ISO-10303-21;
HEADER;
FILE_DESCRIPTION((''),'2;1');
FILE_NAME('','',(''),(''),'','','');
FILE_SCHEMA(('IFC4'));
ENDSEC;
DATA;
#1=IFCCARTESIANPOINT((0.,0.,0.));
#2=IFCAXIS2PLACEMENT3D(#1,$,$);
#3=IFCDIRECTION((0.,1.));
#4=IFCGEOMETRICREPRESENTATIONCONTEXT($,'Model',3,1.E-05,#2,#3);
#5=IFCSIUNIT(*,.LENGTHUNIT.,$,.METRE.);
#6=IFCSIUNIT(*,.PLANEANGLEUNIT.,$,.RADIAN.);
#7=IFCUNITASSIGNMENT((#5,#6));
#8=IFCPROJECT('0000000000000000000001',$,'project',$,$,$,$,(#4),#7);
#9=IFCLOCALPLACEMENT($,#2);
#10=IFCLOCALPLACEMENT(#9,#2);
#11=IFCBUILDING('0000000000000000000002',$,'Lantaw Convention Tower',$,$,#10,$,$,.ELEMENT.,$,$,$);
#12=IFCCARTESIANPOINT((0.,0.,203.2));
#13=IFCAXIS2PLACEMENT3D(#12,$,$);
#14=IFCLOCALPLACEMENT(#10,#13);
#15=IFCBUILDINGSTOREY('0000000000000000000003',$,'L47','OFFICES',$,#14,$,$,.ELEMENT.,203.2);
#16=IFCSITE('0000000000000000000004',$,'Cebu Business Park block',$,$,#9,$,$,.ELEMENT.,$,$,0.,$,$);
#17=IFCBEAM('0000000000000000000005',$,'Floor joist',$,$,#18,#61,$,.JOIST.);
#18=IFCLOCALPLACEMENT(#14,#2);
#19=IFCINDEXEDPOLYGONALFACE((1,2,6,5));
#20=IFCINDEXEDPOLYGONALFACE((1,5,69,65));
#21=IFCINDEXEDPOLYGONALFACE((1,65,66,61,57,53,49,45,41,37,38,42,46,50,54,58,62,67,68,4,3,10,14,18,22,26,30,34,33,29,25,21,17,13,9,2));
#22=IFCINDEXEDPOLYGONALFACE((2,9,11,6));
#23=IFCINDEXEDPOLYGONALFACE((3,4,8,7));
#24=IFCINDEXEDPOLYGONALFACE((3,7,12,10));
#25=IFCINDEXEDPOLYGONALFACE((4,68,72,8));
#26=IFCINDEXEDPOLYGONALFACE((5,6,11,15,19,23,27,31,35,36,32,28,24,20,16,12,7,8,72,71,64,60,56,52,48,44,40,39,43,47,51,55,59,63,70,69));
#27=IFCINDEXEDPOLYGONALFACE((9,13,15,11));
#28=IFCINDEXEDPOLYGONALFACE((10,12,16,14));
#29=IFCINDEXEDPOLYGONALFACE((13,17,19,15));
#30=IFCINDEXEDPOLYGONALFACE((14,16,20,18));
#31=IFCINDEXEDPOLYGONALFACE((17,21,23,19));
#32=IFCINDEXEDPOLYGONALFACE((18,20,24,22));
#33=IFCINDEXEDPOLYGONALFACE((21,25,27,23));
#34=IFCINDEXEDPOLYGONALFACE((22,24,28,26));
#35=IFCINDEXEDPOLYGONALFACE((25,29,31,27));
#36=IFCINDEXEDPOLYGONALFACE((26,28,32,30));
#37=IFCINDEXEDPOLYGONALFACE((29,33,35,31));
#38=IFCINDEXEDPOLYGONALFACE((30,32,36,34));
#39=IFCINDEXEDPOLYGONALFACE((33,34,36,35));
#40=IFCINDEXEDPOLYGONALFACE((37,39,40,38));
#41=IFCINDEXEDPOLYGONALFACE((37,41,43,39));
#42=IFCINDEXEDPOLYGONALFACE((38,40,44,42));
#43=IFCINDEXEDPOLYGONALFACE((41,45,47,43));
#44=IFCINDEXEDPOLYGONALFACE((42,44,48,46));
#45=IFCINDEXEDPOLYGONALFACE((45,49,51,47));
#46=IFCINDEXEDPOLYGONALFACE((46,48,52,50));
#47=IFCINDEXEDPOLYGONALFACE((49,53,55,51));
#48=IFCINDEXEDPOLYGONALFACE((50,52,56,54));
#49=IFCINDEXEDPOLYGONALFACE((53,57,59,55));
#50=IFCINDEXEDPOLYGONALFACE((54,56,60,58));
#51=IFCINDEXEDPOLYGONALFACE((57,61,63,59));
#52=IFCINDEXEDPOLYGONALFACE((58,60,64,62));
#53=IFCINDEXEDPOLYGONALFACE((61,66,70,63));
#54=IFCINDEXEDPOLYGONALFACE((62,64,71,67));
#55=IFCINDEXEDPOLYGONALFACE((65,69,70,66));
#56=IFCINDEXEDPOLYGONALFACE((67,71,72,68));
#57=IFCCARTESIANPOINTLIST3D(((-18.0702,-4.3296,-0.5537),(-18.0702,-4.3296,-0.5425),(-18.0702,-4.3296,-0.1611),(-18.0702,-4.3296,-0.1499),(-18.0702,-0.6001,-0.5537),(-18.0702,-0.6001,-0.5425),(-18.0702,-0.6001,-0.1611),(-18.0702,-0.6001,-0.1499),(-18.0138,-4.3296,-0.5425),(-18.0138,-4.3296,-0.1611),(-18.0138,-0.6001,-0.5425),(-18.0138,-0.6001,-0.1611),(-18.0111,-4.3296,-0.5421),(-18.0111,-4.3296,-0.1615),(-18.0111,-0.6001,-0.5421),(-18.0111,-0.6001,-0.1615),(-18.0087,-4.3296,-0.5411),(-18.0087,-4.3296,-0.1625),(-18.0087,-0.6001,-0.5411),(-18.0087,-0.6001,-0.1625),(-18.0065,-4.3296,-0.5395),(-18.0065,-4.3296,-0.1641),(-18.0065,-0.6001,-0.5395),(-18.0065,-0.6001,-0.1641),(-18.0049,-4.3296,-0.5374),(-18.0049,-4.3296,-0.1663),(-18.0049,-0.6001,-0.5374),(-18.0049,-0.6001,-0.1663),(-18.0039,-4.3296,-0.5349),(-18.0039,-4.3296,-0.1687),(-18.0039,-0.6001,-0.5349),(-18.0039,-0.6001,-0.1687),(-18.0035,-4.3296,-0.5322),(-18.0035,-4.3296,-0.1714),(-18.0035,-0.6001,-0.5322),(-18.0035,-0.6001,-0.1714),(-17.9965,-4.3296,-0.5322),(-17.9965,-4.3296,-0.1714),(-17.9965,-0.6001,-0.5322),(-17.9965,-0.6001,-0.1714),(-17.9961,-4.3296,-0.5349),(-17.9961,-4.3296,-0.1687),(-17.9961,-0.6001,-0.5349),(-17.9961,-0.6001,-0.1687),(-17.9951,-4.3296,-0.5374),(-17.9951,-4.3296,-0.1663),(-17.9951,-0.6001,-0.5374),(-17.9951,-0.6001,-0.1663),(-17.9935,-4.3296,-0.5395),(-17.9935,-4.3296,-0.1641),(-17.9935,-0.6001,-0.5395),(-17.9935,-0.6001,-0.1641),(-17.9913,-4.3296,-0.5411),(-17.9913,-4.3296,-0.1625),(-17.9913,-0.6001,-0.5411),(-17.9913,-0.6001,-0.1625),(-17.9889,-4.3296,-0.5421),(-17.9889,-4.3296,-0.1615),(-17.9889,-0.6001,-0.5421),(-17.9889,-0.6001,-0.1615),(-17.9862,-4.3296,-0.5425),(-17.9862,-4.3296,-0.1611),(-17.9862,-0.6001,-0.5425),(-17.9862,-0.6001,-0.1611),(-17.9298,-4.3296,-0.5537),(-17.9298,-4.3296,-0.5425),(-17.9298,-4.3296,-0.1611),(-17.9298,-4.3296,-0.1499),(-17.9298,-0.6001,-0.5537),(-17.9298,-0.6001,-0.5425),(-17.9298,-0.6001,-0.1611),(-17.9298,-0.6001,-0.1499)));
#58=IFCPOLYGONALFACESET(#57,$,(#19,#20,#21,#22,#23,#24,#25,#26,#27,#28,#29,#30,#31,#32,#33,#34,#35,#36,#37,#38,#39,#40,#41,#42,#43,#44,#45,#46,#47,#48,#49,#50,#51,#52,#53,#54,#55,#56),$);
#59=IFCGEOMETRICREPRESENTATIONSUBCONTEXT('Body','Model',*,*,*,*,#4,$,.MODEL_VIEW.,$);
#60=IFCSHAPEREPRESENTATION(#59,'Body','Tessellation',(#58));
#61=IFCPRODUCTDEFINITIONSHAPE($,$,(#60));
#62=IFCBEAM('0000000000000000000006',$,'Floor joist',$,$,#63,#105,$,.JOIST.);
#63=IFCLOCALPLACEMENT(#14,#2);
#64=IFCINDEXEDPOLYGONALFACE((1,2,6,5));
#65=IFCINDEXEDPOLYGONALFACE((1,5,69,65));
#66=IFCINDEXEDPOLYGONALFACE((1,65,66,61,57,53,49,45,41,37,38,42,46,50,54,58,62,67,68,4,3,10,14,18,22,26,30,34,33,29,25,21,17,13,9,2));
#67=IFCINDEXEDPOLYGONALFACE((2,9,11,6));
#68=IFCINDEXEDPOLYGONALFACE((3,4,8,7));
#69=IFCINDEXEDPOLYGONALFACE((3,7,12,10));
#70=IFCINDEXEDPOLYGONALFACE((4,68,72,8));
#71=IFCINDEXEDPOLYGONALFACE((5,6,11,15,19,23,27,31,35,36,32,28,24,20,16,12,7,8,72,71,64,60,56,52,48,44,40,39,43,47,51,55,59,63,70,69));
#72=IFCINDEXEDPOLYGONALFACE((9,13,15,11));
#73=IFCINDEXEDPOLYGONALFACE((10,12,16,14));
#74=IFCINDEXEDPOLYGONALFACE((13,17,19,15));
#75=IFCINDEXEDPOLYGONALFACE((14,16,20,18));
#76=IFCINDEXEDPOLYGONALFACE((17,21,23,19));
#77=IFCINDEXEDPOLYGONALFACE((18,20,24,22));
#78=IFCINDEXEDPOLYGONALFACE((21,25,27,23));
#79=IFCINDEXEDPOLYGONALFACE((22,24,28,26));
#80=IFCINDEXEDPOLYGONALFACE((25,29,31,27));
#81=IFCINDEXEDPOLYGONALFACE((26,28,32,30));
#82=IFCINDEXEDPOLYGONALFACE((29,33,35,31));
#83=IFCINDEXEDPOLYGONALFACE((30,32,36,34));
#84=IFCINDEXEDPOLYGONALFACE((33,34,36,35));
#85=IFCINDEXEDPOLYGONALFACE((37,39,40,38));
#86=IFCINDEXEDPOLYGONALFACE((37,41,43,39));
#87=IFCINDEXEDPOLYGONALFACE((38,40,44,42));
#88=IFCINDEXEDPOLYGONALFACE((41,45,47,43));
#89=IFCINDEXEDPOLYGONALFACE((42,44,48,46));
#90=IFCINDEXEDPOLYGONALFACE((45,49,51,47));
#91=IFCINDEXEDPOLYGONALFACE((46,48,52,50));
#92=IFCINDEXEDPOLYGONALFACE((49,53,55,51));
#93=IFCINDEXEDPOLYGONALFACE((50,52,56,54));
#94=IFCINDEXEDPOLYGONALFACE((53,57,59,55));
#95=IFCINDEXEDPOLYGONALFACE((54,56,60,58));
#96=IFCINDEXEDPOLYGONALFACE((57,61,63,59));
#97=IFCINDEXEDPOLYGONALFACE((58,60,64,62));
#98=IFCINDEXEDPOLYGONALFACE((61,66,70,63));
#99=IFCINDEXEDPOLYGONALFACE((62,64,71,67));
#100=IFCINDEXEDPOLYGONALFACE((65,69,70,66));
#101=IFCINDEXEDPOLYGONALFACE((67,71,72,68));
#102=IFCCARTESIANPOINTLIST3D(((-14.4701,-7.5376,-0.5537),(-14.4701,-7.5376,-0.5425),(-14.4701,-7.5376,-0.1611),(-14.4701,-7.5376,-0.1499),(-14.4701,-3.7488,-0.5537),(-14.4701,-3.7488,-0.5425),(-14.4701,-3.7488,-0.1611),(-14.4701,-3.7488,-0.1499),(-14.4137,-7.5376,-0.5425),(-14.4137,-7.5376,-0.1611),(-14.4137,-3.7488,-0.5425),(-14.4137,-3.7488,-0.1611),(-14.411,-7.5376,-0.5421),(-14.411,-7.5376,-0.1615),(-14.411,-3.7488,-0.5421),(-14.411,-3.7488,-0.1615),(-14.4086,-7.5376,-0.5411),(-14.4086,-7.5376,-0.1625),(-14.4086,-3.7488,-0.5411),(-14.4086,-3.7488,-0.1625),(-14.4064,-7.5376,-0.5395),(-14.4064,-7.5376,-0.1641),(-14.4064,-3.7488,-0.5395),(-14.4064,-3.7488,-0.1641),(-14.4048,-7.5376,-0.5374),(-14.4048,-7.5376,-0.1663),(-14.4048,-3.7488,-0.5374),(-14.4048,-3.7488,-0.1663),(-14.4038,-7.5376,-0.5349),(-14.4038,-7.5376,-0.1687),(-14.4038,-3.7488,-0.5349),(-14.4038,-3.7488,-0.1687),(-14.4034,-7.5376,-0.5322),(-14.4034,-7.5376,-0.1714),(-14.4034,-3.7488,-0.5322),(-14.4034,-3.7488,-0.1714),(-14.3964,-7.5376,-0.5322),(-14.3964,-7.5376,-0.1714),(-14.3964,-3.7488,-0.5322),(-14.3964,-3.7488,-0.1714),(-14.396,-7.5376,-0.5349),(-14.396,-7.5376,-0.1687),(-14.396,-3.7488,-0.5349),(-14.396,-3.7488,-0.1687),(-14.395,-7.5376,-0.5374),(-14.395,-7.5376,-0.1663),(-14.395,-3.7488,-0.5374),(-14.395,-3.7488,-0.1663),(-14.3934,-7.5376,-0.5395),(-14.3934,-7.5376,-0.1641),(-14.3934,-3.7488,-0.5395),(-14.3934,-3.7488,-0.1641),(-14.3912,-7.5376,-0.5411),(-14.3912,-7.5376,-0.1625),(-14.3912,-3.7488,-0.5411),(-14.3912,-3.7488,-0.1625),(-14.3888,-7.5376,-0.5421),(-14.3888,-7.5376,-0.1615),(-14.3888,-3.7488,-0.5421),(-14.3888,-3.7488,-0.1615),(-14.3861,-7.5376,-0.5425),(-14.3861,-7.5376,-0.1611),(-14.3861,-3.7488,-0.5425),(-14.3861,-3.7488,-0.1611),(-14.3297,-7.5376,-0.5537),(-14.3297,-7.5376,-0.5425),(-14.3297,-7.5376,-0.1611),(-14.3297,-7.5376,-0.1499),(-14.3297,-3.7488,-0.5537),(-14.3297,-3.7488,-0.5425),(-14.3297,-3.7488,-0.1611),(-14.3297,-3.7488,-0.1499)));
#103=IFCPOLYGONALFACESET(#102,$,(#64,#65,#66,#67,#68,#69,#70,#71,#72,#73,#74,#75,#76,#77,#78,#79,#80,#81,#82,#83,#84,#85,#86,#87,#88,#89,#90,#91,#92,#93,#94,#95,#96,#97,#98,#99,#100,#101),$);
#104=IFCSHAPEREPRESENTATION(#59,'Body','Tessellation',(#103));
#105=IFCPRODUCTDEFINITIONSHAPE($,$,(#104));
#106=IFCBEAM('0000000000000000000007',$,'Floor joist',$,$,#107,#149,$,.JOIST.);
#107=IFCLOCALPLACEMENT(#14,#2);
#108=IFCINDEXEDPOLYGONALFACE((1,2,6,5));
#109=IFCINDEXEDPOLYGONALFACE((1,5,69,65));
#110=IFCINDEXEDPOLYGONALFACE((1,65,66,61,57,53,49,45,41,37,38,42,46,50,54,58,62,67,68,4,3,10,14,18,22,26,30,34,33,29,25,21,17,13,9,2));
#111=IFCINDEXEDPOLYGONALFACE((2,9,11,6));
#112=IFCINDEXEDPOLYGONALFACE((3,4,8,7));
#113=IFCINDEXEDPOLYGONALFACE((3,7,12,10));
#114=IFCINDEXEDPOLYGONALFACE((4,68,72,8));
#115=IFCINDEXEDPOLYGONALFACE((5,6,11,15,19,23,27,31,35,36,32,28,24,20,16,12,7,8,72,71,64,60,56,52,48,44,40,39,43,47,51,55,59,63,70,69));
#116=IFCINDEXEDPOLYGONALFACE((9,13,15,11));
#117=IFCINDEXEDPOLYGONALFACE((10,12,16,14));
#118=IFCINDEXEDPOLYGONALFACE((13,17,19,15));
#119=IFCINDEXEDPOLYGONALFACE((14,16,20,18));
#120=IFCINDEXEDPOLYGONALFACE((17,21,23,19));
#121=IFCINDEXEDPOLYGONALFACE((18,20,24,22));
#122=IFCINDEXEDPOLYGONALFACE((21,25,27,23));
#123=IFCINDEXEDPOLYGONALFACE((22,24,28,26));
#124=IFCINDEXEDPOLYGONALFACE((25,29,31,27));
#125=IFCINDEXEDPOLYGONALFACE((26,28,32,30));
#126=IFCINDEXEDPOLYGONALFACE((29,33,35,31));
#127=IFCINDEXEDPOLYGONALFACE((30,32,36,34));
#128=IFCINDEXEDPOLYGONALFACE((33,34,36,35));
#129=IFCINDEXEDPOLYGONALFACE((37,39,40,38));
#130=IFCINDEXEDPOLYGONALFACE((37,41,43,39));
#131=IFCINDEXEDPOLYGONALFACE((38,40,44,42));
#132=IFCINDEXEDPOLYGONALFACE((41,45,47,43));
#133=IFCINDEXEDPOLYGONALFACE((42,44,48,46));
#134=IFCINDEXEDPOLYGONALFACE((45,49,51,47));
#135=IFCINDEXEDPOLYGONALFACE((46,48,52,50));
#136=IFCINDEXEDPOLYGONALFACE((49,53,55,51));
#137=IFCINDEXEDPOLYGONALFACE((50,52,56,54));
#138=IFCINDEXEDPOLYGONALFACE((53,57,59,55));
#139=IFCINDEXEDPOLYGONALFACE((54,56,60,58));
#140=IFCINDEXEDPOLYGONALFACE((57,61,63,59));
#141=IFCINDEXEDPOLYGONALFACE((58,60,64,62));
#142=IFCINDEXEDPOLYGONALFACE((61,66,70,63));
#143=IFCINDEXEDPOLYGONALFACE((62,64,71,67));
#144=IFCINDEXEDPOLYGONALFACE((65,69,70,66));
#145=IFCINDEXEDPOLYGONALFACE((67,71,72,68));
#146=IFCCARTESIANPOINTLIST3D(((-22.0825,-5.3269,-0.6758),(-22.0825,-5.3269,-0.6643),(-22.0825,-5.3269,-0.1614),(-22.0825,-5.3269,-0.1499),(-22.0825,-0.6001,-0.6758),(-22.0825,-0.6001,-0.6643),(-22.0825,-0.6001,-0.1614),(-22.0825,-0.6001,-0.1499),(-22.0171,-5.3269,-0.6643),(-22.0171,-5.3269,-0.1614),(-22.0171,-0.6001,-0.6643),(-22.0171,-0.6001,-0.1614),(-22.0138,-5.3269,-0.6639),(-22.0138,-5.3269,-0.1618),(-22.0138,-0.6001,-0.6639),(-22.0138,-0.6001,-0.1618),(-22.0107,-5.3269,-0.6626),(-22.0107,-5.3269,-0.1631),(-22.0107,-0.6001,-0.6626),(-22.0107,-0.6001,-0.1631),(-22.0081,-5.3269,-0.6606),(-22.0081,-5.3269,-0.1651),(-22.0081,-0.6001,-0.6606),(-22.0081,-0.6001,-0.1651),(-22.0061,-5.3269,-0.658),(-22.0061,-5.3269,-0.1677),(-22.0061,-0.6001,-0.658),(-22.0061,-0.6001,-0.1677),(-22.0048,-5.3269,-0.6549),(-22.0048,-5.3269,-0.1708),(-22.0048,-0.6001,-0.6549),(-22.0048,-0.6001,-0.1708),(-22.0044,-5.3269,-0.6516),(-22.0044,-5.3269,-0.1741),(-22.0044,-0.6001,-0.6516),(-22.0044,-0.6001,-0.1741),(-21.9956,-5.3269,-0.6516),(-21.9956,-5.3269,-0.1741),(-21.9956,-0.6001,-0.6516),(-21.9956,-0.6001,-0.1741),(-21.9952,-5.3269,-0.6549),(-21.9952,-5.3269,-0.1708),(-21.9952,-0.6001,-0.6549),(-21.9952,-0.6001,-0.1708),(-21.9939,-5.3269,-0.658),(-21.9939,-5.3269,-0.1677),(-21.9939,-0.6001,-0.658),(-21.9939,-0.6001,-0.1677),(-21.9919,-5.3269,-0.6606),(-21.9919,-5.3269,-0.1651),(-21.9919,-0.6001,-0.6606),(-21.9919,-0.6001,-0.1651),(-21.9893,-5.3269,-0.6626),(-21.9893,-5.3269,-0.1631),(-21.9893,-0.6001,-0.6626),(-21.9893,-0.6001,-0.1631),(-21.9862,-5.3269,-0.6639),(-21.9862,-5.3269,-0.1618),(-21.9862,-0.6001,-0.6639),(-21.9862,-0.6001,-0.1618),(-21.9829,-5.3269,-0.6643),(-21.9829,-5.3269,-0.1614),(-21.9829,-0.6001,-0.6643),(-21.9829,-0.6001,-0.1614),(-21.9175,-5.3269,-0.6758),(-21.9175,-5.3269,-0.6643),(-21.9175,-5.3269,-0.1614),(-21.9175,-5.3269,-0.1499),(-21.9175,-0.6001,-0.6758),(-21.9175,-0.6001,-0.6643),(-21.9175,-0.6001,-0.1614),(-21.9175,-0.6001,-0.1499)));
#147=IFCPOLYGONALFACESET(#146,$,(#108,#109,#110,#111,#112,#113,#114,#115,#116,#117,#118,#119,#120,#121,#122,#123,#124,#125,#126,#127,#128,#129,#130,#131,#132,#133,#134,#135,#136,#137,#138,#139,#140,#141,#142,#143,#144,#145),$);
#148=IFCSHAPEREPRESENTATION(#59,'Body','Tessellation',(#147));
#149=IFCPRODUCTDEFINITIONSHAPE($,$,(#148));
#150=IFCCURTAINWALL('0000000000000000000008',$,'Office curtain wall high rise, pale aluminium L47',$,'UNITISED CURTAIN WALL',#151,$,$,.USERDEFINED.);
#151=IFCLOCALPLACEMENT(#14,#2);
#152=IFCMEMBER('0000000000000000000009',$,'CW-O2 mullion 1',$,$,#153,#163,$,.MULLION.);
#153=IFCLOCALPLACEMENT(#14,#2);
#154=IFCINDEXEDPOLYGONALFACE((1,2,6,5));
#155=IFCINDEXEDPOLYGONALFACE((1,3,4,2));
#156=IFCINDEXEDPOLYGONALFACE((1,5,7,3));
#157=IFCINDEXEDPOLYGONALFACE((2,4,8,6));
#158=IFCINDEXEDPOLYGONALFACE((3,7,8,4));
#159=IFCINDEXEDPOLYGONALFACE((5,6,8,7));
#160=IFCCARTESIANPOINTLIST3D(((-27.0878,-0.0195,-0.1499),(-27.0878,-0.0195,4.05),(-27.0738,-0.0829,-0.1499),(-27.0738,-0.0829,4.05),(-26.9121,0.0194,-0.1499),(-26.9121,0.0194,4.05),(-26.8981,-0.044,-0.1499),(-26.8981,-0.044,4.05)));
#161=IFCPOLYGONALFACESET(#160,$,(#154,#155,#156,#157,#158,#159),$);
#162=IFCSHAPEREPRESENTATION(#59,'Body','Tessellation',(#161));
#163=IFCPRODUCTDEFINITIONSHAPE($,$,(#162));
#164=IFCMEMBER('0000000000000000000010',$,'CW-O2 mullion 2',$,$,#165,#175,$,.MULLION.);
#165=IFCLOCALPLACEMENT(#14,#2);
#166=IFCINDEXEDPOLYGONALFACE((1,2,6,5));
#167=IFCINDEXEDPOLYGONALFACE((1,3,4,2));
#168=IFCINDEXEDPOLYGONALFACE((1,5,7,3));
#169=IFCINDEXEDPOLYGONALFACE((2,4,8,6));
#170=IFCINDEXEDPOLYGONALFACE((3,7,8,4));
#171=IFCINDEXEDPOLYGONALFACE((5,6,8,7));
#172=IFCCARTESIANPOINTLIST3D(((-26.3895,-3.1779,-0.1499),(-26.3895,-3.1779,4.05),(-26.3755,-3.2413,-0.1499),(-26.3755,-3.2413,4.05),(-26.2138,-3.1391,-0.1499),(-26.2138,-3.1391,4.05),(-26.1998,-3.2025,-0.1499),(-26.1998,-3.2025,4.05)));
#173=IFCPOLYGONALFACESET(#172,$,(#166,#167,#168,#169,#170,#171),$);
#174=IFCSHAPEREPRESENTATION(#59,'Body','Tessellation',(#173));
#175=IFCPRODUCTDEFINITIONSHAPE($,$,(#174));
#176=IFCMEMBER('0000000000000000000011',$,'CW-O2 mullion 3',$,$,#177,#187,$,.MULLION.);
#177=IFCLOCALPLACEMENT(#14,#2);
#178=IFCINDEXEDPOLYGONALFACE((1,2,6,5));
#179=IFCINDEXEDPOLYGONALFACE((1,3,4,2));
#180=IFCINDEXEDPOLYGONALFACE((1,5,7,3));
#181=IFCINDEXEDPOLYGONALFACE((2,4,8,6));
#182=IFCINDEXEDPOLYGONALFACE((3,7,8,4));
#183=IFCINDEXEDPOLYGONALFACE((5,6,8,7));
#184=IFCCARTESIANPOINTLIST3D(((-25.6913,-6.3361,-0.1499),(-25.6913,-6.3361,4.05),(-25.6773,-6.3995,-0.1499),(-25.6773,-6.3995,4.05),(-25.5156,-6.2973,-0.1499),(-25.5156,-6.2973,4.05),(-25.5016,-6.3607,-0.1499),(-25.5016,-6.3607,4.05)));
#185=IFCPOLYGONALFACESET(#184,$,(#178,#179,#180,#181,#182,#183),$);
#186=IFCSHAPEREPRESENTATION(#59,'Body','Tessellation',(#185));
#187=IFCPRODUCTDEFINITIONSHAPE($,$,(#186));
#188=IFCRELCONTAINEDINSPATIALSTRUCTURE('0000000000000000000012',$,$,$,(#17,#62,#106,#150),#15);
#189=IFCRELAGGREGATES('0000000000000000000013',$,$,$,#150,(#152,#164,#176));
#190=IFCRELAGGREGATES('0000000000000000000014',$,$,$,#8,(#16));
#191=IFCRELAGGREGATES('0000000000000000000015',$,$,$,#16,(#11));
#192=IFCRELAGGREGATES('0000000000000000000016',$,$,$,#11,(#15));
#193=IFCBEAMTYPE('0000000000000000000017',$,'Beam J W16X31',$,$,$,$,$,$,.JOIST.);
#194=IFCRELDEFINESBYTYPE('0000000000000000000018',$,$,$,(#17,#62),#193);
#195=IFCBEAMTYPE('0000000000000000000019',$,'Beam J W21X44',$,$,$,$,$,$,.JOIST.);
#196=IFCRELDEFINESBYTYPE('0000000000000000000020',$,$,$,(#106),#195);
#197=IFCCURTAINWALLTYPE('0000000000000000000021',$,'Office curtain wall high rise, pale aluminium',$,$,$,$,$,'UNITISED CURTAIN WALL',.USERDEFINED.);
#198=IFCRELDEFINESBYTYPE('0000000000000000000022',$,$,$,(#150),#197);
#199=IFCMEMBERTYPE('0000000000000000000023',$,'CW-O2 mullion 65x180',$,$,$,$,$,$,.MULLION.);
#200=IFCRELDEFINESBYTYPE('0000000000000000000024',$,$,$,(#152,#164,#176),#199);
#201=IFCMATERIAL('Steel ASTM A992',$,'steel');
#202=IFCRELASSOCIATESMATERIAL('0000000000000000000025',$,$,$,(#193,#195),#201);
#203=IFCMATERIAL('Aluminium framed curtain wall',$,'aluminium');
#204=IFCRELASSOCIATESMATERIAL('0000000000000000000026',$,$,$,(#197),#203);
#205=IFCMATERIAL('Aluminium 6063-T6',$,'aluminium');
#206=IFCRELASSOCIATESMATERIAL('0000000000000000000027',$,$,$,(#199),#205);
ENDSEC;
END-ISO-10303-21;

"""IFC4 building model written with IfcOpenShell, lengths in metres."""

from ifc_helpers import new_model, si_unit, direction, frame, origin, origin_2d, place, context, subcontext, project, spatial, rectangle, i_section, extrude, material, material_profile, profile_set, type_object, element, aggregate, save


model = new_model("IFC4")

# Units and contexts
model_context = context("Model", 3, precision=1e-05, world=origin(), true_north=direction((0.0, 1.0)))
body_context = subcontext(model_context, "Body", "Model", "MODEL_VIEW")
ifc_project = project(units=[si_unit("LENGTHUNIT", "METRE"), si_unit("PLANEANGLEUNIT", "RADIAN")], contexts=[model_context])

# Site, building, storey
site_placement = place(None, origin())
site = spatial("IfcSite", under=ifc_project, at=site_placement, Name="Cebu Business Park block", CompositionType="ELEMENT", RefElevation=0.0)
building_placement = place(site_placement, origin())
building = spatial("IfcBuilding", under=site, at=building_placement, Name="Lantaw Convention Tower", CompositionType="ELEMENT")
storey_placement = place(building_placement, frame((0.0, 0.0, 203.2)))
storey = spatial("IfcBuildingStorey", under=building, at=storey_placement, Name="L47", Description="OFFICES", CompositionType="ELEMENT", Elevation=203.2)

# Beams
ifc_material_1 = material(Name="Steel ASTM A992", Category="steel")
ifc_material_profile_1 = material_profile(ifc_material_1, i_section(OverallWidth=0.1404, OverallDepth=0.4038, WebThickness=0.0071, FlangeThickness=0.0112, FilletRadius=0.0103, at=origin_2d()), Name="W16X31")
ifc_profile_set_1 = profile_set([ifc_material_profile_1], Name="Steel ASTM A992")
beam_type_1 = type_object("IfcBeamType", Name="Beam J W16X31", PredefinedType="JOIST", material=ifc_profile_set_1)
beam_1_placement = place(storey_placement, frame((-18.0, -4.3296, -0.3518), z_axis=(0.0, 1.0, 0.0), x_axis=(-1.0, 0.0, 0.0)))
element("IfcBeam", 1, at=beam_1_placement, inside=storey, type_object=beam_type_1, Name="Floor joist", PredefinedType="JOIST", context=body_context, shape_type="SweptSolid", body=[
    extrude(i_section(OverallWidth=0.1404, OverallDepth=0.4038, WebThickness=0.0071, FlangeThickness=0.0112, FilletRadius=0.0103, at=origin_2d()), origin(), (0.0, 0.0, 1.0), 3.7295),
])
beam_2_placement = place(storey_placement, frame((-14.3999, -7.5376, -0.3518), z_axis=(0.0, 1.0, 0.0), x_axis=(-1.0, 0.0, 0.0)))
element("IfcBeam", 2, at=beam_2_placement, inside=storey, type_object=beam_type_1, Name="Floor joist", PredefinedType="JOIST", context=body_context, shape_type="SweptSolid", body=[
    extrude(i_section(OverallWidth=0.1404, OverallDepth=0.4038, WebThickness=0.0071, FlangeThickness=0.0112, FilletRadius=0.0103, at=origin_2d()), origin(), (0.0, 0.0, 1.0), 3.7888),
])
ifc_material_profile_2 = material_profile(ifc_material_1, i_section(OverallWidth=0.165, OverallDepth=0.5259, WebThickness=0.0088, FlangeThickness=0.0115, FilletRadius=0.0127, at=origin_2d()), Name="W21X44")
ifc_profile_set_2 = profile_set([ifc_material_profile_2], Name="Steel ASTM A992")
beam_type_2 = type_object("IfcBeamType", Name="Beam J W21X44", PredefinedType="JOIST", material=ifc_profile_set_2)
beam_3_placement = place(storey_placement, frame((-22.0, -5.3269, -0.4128), z_axis=(0.0, 1.0, 0.0), x_axis=(-1.0, 0.0, 0.0)))
element("IfcBeam", 3, at=beam_3_placement, inside=storey, type_object=beam_type_2, Name="Floor joist", PredefinedType="JOIST", context=body_context, shape_type="SweptSolid", body=[
    extrude(i_section(OverallWidth=0.165, OverallDepth=0.5259, WebThickness=0.0088, FlangeThickness=0.0115, FilletRadius=0.0127, at=origin_2d()), origin(), (0.0, 0.0, 1.0), 4.7268),
])

# Curtain wall, members
ifc_material_2 = material(Name="Aluminium framed curtain wall", Category="aluminium")
curtain_wall_type = type_object("IfcCurtainWallType", Name="Office curtain wall high rise, pale aluminium", ElementType="UNITISED CURTAIN WALL", PredefinedType="USERDEFINED", material=ifc_material_2)
curtain_wall_1_placement = place(storey_placement, origin())
curtain_wall_1 = element("IfcCurtainWall", 4, at=curtain_wall_1_placement, inside=storey, type_object=curtain_wall_type, Name="Office curtain wall high rise, pale aluminium L47", ObjectType="UNITISED CURTAIN WALL", PredefinedType="USERDEFINED")
ifc_material_3 = material(Name="Aluminium 6063-T6", Category="aluminium")
ifc_material_profile_3 = material_profile(ifc_material_3, rectangle(XDim=0.1799, YDim=0.0649, at=origin_2d()), Name="CW-O2 mullion 65x180")
ifc_profile_set_3 = profile_set([ifc_material_profile_3], Name="Aluminium 6063-T6")
member_type_1 = type_object("IfcMemberType", Name="CW-O2 mullion 65x180", PredefinedType="MULLION", material=ifc_profile_set_3)
member_1_placement = place(storey_placement, frame((-26.9929, -0.0317, -0.1499), z_axis=(0.0, 0.0, 1.0), x_axis=(0.976417, 0.215891, 0.0)))
member_1 = element("IfcMember", 5, at=member_1_placement, type_object=member_type_1, Name="CW-O2 mullion 1", PredefinedType="MULLION", context=body_context, shape_type="SweptSolid", body=[
    extrude(rectangle(XDim=0.1799, YDim=0.0649, at=origin_2d()), origin(), (0.0, 0.0, 1.0), 4.2),
])
member_2_placement = place(storey_placement, frame((-26.2947, -3.1902, -0.1499), z_axis=(0.0, 0.0, 1.0), x_axis=(0.976417, 0.215891, 0.0)))
member_2 = element("IfcMember", 6, at=member_2_placement, type_object=member_type_1, Name="CW-O2 mullion 2", PredefinedType="MULLION", context=body_context, shape_type="SweptSolid", body=[
    extrude(rectangle(XDim=0.1799, YDim=0.0649, at=origin_2d()), origin(), (0.0, 0.0, 1.0), 4.2),
])
member_3_placement = place(storey_placement, frame((-25.5964, -6.3484, -0.1499), z_axis=(0.0, 0.0, 1.0), x_axis=(0.976417, 0.215891, 0.0)))
member_3 = element("IfcMember", 7, at=member_3_placement, type_object=member_type_1, Name="CW-O2 mullion 3", PredefinedType="MULLION", context=body_context, shape_type="SweptSolid", body=[
    extrude(rectangle(XDim=0.1799, YDim=0.0649, at=origin_2d()), origin(), (0.0, 0.0, 1.0), 4.2),
])

aggregate(curtain_wall_1, [member_1, member_2, member_3])

save(model, "model.ifc")
